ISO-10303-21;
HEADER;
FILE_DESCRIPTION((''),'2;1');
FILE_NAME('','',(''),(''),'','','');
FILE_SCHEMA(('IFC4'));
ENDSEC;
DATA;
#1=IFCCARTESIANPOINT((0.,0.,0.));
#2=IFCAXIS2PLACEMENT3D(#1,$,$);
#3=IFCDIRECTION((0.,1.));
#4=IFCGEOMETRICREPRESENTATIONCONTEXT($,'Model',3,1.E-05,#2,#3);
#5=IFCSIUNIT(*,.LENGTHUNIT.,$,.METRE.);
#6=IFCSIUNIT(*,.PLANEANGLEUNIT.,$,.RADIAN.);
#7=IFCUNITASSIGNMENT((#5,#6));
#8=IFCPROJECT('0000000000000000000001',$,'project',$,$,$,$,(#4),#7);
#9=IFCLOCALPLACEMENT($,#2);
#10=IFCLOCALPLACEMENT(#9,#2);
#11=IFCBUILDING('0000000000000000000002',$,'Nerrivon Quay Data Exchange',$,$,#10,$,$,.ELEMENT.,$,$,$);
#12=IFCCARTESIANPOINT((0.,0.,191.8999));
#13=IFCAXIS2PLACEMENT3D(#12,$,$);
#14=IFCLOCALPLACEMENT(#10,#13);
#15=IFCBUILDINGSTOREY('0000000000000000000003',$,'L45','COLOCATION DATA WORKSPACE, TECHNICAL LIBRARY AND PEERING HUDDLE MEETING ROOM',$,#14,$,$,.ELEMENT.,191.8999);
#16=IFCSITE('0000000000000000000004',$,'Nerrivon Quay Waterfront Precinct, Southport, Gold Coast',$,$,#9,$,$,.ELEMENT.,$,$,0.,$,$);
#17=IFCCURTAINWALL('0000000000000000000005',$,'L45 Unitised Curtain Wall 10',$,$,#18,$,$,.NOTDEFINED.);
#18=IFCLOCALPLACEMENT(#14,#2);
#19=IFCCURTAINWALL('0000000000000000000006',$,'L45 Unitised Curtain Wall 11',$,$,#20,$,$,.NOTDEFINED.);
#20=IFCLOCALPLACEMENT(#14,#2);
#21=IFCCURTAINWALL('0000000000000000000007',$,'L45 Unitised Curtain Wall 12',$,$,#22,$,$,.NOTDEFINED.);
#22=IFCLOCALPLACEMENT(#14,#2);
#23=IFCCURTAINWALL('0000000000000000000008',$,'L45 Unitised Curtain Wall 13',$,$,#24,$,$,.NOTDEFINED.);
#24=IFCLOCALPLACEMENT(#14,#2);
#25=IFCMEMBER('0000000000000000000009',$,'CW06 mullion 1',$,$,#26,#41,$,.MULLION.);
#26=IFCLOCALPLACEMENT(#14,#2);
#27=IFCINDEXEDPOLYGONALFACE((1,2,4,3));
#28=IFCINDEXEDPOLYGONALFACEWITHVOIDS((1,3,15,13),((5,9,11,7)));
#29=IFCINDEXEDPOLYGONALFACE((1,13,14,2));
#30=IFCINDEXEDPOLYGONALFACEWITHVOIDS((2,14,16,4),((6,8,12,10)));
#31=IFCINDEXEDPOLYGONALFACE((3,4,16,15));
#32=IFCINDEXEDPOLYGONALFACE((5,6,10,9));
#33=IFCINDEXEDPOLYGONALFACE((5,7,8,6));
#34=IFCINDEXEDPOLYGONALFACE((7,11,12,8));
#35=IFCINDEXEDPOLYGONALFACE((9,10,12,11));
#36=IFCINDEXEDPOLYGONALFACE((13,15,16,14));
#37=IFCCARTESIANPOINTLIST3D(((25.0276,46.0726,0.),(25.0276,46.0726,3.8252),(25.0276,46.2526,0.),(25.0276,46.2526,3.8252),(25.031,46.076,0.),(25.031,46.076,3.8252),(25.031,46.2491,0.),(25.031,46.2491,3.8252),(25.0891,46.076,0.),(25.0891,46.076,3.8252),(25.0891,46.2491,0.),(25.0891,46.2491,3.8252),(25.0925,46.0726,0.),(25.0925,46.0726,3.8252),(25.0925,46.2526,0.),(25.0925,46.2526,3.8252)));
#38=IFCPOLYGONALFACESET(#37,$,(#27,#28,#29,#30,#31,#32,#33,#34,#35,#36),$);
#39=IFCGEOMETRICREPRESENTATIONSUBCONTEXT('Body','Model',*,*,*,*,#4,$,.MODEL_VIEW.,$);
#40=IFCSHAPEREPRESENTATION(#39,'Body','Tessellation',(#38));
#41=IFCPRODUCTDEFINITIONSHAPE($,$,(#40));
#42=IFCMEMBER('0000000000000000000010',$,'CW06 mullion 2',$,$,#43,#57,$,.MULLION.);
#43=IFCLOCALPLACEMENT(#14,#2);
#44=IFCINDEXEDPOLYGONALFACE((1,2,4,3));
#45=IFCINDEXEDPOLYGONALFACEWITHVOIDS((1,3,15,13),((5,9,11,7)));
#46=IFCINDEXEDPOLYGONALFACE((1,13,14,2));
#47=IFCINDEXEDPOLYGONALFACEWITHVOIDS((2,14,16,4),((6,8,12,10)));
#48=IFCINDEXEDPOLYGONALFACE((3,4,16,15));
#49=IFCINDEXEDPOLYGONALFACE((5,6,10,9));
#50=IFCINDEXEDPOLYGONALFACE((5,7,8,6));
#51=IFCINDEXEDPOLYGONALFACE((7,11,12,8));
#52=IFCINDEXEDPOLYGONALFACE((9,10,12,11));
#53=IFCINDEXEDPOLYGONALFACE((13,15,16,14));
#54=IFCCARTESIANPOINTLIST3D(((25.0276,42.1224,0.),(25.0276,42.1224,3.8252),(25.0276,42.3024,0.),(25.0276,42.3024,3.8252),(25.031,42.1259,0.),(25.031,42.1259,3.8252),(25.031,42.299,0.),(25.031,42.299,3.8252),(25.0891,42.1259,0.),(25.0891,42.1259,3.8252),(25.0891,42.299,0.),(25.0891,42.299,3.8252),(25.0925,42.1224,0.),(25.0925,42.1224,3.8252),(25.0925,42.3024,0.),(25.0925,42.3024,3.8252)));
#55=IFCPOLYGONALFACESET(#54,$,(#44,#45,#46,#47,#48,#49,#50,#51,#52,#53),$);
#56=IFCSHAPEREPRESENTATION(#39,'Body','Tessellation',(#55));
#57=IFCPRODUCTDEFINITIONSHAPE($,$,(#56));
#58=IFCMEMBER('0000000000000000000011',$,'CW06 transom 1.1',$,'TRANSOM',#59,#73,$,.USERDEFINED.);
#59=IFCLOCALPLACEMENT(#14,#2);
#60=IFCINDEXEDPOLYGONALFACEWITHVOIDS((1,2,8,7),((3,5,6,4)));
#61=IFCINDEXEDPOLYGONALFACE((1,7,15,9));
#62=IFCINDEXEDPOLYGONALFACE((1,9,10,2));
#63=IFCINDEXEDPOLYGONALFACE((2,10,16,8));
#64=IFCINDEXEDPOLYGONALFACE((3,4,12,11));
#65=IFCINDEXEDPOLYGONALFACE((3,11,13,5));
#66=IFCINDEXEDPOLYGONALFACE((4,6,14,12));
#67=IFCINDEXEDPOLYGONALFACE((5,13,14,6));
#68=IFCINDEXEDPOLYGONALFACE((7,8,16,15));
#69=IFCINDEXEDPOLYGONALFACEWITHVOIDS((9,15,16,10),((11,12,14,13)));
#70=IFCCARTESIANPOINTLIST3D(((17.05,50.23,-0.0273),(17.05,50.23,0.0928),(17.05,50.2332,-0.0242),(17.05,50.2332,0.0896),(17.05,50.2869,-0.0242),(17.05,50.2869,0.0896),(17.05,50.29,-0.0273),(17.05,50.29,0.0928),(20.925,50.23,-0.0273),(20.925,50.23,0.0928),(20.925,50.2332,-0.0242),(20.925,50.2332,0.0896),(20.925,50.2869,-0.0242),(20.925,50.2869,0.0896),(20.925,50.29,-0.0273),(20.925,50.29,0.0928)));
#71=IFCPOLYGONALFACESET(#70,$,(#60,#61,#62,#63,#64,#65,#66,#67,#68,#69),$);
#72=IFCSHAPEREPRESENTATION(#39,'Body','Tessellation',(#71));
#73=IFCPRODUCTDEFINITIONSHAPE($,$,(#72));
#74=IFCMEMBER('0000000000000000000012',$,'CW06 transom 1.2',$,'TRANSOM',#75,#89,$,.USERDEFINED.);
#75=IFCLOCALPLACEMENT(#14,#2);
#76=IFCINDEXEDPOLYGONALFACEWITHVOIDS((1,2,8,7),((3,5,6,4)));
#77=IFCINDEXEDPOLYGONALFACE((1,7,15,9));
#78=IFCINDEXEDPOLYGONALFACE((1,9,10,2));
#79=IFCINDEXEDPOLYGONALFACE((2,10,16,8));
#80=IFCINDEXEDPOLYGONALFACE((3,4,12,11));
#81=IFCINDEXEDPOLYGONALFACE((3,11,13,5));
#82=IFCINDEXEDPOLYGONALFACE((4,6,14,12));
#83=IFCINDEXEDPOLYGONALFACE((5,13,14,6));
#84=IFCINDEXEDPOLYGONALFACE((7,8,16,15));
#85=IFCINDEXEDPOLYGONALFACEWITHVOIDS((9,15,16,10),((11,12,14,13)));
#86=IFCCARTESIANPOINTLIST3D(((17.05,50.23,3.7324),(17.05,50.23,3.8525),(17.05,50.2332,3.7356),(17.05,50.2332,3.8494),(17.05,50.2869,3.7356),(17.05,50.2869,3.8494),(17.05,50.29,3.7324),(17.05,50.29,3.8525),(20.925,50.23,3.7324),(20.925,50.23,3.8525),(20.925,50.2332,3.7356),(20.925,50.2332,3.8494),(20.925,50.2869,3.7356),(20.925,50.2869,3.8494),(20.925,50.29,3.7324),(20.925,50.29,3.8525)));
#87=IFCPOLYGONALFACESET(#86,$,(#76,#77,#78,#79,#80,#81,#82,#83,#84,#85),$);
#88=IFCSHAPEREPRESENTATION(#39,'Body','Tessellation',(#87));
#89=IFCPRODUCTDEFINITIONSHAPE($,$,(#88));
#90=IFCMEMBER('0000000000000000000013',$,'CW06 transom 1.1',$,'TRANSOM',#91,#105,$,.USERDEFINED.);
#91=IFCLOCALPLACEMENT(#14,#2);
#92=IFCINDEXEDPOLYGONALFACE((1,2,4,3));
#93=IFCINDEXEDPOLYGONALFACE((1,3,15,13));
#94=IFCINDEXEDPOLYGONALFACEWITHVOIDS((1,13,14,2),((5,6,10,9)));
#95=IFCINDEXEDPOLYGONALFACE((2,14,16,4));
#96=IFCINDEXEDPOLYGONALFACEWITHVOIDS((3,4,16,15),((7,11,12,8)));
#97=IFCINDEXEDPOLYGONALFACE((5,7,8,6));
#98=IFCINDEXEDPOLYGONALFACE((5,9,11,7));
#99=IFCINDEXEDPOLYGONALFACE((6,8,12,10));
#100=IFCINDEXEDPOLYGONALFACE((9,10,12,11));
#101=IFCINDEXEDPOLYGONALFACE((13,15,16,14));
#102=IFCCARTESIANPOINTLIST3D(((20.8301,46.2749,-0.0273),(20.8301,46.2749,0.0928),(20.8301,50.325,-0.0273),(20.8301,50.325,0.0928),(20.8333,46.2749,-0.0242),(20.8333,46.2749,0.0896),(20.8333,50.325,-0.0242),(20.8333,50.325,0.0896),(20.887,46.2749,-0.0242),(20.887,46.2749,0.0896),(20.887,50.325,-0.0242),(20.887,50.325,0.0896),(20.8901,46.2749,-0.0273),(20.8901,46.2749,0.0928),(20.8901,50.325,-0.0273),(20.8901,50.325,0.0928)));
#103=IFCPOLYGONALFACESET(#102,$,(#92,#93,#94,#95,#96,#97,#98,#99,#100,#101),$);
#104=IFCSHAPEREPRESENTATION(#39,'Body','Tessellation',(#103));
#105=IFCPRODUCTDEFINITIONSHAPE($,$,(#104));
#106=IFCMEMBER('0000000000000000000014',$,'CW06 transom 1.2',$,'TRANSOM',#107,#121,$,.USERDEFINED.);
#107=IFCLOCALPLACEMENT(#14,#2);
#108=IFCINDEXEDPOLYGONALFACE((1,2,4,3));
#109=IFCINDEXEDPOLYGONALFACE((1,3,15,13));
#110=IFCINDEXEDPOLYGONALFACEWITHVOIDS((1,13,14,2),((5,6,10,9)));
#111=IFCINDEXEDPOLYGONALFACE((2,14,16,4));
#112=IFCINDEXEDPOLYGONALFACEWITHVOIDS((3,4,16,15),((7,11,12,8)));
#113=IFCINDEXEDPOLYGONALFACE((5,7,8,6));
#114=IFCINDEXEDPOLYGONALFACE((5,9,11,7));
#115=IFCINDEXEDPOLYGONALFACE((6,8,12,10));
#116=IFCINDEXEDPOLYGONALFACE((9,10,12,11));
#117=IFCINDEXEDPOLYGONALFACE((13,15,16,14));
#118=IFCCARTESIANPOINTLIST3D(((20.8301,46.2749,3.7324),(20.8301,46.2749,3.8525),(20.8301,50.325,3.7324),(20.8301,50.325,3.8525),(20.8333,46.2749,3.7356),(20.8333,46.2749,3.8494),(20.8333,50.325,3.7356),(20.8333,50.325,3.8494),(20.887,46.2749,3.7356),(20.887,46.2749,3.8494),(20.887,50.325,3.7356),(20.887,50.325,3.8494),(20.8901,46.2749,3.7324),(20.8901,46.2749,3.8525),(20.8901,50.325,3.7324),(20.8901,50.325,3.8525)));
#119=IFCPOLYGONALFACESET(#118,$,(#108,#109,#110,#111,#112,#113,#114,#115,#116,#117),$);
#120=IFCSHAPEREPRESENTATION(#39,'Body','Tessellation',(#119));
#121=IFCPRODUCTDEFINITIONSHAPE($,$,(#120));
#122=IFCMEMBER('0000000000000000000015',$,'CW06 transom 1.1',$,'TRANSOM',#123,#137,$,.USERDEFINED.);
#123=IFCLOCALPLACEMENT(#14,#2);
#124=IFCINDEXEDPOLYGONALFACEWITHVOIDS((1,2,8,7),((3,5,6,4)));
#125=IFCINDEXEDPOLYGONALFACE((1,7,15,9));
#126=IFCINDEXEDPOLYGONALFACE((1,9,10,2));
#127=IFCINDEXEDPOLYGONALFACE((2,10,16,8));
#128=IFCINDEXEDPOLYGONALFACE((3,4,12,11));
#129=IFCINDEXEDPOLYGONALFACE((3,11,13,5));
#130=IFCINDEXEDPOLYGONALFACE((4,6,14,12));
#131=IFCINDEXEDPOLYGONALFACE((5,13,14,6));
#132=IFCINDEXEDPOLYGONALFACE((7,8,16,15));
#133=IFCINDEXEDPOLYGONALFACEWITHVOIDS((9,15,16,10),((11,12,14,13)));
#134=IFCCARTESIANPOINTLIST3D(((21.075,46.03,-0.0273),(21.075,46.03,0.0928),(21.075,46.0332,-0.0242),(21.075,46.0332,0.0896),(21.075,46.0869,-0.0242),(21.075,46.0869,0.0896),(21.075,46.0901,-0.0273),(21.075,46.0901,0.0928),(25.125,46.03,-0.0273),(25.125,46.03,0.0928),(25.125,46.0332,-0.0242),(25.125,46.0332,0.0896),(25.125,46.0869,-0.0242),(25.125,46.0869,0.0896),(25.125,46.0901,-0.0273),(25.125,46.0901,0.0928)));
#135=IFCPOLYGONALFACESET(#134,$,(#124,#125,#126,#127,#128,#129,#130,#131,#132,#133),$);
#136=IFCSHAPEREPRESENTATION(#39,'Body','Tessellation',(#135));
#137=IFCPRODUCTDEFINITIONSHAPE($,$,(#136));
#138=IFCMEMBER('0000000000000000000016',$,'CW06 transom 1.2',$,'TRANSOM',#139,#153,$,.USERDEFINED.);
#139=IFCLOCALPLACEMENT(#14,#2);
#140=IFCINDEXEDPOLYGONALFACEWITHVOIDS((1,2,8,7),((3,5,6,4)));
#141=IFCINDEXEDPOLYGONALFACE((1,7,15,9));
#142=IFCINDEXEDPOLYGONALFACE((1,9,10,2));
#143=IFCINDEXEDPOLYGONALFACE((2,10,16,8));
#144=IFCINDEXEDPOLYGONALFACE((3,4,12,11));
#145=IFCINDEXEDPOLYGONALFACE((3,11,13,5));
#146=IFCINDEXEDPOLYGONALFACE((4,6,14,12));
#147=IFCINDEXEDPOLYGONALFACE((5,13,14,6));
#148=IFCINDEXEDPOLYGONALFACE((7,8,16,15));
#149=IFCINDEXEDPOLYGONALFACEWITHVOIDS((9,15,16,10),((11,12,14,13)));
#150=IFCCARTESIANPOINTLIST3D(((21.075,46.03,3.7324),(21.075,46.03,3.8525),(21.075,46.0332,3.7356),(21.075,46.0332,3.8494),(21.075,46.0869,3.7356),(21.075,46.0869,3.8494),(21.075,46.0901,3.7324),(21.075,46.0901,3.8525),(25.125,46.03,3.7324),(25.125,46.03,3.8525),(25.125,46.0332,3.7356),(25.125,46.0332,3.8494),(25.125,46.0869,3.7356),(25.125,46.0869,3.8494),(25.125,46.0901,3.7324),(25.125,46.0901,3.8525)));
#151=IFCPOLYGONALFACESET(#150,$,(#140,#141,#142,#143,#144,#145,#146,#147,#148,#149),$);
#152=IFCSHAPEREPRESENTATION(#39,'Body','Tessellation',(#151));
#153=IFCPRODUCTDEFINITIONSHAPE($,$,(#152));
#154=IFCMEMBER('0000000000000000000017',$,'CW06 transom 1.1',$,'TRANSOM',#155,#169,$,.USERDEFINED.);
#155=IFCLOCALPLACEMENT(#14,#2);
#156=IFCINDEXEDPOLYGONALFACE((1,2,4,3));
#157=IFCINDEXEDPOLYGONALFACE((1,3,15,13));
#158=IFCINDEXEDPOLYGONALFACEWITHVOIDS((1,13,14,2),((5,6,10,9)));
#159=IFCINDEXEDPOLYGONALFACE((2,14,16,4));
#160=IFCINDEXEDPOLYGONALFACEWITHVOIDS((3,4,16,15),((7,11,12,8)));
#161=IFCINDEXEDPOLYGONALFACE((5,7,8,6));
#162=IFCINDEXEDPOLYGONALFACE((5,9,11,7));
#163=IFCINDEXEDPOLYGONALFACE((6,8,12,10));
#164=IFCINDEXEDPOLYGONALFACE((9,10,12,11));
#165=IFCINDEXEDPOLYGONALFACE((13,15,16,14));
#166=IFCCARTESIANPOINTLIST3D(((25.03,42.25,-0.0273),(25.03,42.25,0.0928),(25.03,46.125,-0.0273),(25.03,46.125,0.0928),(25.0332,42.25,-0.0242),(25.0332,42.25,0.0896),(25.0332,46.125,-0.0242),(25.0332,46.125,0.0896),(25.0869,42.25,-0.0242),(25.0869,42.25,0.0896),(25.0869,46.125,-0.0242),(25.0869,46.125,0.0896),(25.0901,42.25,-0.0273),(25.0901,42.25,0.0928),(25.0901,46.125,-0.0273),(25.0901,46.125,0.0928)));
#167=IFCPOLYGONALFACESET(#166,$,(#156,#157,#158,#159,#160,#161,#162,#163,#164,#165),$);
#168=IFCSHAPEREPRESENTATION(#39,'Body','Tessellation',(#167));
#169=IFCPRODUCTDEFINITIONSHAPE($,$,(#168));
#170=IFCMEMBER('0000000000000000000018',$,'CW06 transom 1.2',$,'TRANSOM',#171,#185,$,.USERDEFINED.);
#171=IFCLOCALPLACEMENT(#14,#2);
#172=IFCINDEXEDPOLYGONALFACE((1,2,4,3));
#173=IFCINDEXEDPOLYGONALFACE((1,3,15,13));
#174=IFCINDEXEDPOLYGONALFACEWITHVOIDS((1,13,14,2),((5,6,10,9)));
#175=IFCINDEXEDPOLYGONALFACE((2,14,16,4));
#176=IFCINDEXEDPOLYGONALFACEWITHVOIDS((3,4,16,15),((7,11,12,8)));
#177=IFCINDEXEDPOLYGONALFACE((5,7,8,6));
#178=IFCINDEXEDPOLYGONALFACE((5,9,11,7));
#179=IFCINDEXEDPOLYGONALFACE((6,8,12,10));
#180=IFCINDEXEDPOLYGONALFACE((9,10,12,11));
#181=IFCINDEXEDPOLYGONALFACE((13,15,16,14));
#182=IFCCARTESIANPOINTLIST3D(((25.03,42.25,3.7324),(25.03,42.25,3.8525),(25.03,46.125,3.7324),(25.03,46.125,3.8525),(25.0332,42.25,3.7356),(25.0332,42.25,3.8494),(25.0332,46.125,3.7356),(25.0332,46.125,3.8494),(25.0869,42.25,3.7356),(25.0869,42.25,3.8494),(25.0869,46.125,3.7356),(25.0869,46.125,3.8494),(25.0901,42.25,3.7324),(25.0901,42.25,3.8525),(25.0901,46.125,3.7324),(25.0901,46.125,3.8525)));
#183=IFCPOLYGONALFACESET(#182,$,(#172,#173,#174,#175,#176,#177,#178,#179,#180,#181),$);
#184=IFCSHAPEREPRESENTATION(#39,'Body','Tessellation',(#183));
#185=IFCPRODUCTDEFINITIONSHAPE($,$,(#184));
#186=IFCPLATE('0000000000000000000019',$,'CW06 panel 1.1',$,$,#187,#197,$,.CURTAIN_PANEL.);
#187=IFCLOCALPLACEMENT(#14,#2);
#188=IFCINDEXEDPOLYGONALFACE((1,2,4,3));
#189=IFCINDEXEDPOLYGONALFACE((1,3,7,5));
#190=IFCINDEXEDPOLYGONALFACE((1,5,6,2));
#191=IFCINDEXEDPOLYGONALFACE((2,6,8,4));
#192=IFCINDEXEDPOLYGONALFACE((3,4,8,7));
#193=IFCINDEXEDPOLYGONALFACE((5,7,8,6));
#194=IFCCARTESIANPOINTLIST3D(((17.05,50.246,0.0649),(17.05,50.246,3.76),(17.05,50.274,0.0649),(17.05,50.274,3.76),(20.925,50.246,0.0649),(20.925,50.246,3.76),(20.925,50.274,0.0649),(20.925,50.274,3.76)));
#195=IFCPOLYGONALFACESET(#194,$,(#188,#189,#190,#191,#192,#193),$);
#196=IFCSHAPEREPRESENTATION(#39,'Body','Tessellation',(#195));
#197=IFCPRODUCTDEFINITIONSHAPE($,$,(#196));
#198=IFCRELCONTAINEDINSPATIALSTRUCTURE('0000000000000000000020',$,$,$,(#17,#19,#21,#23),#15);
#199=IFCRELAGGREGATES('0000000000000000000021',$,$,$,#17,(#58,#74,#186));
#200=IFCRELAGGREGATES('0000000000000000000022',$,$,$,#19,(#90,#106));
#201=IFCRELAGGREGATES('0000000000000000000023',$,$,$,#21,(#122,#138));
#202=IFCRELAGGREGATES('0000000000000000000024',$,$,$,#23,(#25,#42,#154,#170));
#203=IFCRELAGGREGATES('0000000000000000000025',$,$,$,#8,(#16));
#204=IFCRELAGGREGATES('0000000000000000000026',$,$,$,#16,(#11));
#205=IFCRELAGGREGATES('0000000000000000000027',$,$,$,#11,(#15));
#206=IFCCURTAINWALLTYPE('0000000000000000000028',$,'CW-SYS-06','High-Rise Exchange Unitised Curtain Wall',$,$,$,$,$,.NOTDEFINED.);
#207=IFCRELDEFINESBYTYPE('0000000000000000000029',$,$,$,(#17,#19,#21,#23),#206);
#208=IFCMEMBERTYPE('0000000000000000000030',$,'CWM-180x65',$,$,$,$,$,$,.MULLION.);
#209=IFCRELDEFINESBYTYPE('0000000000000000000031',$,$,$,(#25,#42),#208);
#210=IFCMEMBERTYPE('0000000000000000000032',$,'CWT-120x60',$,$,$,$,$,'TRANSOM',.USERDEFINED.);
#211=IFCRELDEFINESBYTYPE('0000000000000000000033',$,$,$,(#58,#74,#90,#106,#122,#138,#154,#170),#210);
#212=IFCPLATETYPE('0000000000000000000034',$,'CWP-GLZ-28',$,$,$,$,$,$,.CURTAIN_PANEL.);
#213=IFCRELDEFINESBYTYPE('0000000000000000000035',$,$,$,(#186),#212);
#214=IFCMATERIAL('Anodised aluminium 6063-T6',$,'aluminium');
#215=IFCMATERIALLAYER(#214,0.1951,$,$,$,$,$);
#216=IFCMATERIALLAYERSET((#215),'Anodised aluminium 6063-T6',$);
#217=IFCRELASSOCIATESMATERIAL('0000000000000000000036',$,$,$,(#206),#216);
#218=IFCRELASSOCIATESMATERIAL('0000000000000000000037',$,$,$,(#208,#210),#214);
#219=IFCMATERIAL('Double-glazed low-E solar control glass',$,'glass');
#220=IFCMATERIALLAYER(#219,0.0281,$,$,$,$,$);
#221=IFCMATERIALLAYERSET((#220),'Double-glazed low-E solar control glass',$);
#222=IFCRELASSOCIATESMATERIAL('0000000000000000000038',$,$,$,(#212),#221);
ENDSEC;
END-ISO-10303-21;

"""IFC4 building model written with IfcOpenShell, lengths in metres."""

from ifc_helpers import new_model, si_unit, direction, frame, origin, origin_2d, place, context, subcontext, project, spatial, rectangle, hollow_rectangle, extrude, material, layer, layer_set, material_profile, profile_set, type_object, element, aggregate, save


model = new_model("IFC4")

# Units and contexts
model_context = context("Model", 3, precision=1e-05, world=origin(), true_north=direction((0.0, 1.0)))
body_context = subcontext(model_context, "Body", "Model", "MODEL_VIEW")
ifc_project = project(units=[si_unit("LENGTHUNIT", "METRE"), si_unit("PLANEANGLEUNIT", "RADIAN")], contexts=[model_context])

# Site, building, storey
site_placement = place(None, origin())
site = spatial("IfcSite", under=ifc_project, at=site_placement, Name="Nerrivon Quay Waterfront Precinct, Southport, Gold Coast", CompositionType="ELEMENT", RefElevation=0.0)
building_placement = place(site_placement, origin())
building = spatial("IfcBuilding", under=site, at=building_placement, Name="Nerrivon Quay Data Exchange", CompositionType="ELEMENT")
storey_placement = place(building_placement, frame((0.0, 0.0, 191.8999)))
storey = spatial("IfcBuildingStorey", under=building, at=storey_placement, Name="L45", Description="COLOCATION DATA WORKSPACE, TECHNICAL LIBRARY AND PEERING HUDDLE MEETING ROOM", CompositionType="ELEMENT", Elevation=191.8999)

# Shared definitions
ifc_material_1 = material(Name="Anodised aluminium 6063-T6", Category="aluminium")
ifc_layer_1 = layer(ifc_material_1, 0.1951)
ifc_layer_set_1 = layer_set([ifc_layer_1], Name="Anodised aluminium 6063-T6")
curtain_wall_type = type_object("IfcCurtainWallType", Name="CW-SYS-06", Description="High-Rise Exchange Unitised Curtain Wall", PredefinedType="NOTDEFINED", material=ifc_layer_set_1)
ifc_material_profile_1 = material_profile(ifc_material_1, hollow_rectangle(XDim=0.0649, YDim=0.1799, WallThickness=0.0034, at=origin_2d()), Name="ALU-MULL-180x65")
ifc_profile_set_1 = profile_set([ifc_material_profile_1], Name="Anodised aluminium 6063-T6")
member_type_1 = type_object("IfcMemberType", Name="CWM-180x65", PredefinedType="MULLION", material=ifc_profile_set_1)

# Curtain walls, members
curtain_wall_1_placement = place(storey_placement, origin())
curtain_wall_1 = element("IfcCurtainWall", 1, at=curtain_wall_1_placement, inside=storey, type_object=curtain_wall_type, Name="L45 Unitised Curtain Wall 10", PredefinedType="NOTDEFINED")
curtain_wall_2_placement = place(storey_placement, origin())
curtain_wall_2 = element("IfcCurtainWall", 2, at=curtain_wall_2_placement, inside=storey, type_object=curtain_wall_type, Name="L45 Unitised Curtain Wall 11", PredefinedType="NOTDEFINED")
curtain_wall_3_placement = place(storey_placement, origin())
curtain_wall_3 = element("IfcCurtainWall", 3, at=curtain_wall_3_placement, inside=storey, type_object=curtain_wall_type, Name="L45 Unitised Curtain Wall 12", PredefinedType="NOTDEFINED")
curtain_wall_4_placement = place(storey_placement, origin())
curtain_wall_4 = element("IfcCurtainWall", 4, at=curtain_wall_4_placement, inside=storey, type_object=curtain_wall_type, Name="L45 Unitised Curtain Wall 13", PredefinedType="NOTDEFINED")
member_1_placement = place(storey_placement, frame((25.0601, 46.1626, 0.0), z_axis=(0.0, 0.0, 1.0), x_axis=(1.0, 0.0, 0.0)))
member_1 = element("IfcMember", 5, at=member_1_placement, type_object=member_type_1, Name="CW06 mullion 1", PredefinedType="MULLION", context=body_context, shape_type="SweptSolid", body=[
    extrude(hollow_rectangle(XDim=0.0649, YDim=0.1799, WallThickness=0.0034, at=origin_2d()), origin(), (0.0, 0.0, 1.0), 3.8252),
])
member_2_placement = place(storey_placement, frame((25.0601, 42.2124, 0.0), z_axis=(0.0, 0.0, 1.0), x_axis=(1.0, 0.0, 0.0)))
member_2 = element("IfcMember", 6, at=member_2_placement, type_object=member_type_1, Name="CW06 mullion 2", PredefinedType="MULLION", context=body_context, shape_type="SweptSolid", body=[
    extrude(hollow_rectangle(XDim=0.0649, YDim=0.1799, WallThickness=0.0034, at=origin_2d()), origin(), (0.0, 0.0, 1.0), 3.8252),
])

# Members
ifc_material_profile_2 = material_profile(ifc_material_1, hollow_rectangle(XDim=0.0601, YDim=0.1201, WallThickness=0.0032, at=origin_2d()), Name="ALU-TRAN-120x60")
ifc_profile_set_2 = profile_set([ifc_material_profile_2], Name="Anodised aluminium 6063-T6")
member_type_2 = type_object("IfcMemberType", Name="CWT-120x60", ElementType="TRANSOM", PredefinedType="USERDEFINED", material=ifc_profile_set_2)
member_3_placement = place(storey_placement, frame((17.05, 50.26, 0.0327), z_axis=(1.0, 0.0, 0.0), x_axis=(0.0, 1.0, 0.0)))
member_3 = element("IfcMember", 7, at=member_3_placement, type_object=member_type_2, Name="CW06 transom 1.1", ObjectType="TRANSOM", PredefinedType="USERDEFINED", context=body_context, shape_type="SweptSolid", body=[
    extrude(hollow_rectangle(XDim=0.0601, YDim=0.1201, WallThickness=0.0032, at=origin_2d()), origin(), (0.0, 0.0, 1.0), 3.875),
])
member_4_placement = place(storey_placement, frame((17.05, 50.26, 3.7925), z_axis=(1.0, 0.0, 0.0), x_axis=(0.0, 1.0, 0.0)))
member_4 = element("IfcMember", 8, at=member_4_placement, type_object=member_type_2, Name="CW06 transom 1.2", ObjectType="TRANSOM", PredefinedType="USERDEFINED", context=body_context, shape_type="SweptSolid", body=[
    extrude(hollow_rectangle(XDim=0.0601, YDim=0.1201, WallThickness=0.0032, at=origin_2d()), origin(), (0.0, 0.0, 1.0), 3.875),
])
member_5_placement = place(storey_placement, frame((20.8601, 50.325, 0.0327), z_axis=(0.0, -1.0, 0.0), x_axis=(1.0, 0.0, 0.0)))
member_5 = element("IfcMember", 9, at=member_5_placement, type_object=member_type_2, Name="CW06 transom 1.1", ObjectType="TRANSOM", PredefinedType="USERDEFINED", context=body_context, shape_type="SweptSolid", body=[
    extrude(hollow_rectangle(XDim=0.0601, YDim=0.1201, WallThickness=0.0032, at=origin_2d()), origin(), (0.0, 0.0, 1.0), 4.05),
])
member_6_placement = place(storey_placement, frame((20.8601, 50.325, 3.7925), z_axis=(0.0, -1.0, 0.0), x_axis=(1.0, 0.0, 0.0)))
member_6 = element("IfcMember", 10, at=member_6_placement, type_object=member_type_2, Name="CW06 transom 1.2", ObjectType="TRANSOM", PredefinedType="USERDEFINED", context=body_context, shape_type="SweptSolid", body=[
    extrude(hollow_rectangle(XDim=0.0601, YDim=0.1201, WallThickness=0.0032, at=origin_2d()), origin(), (0.0, 0.0, 1.0), 4.05),
])
member_7_placement = place(storey_placement, frame((21.075, 46.0601, 0.0327), z_axis=(1.0, 0.0, 0.0), x_axis=(0.0, 1.0, 0.0)))
member_7 = element("IfcMember", 11, at=member_7_placement, type_object=member_type_2, Name="CW06 transom 1.1", ObjectType="TRANSOM", PredefinedType="USERDEFINED", context=body_context, shape_type="SweptSolid", body=[
    extrude(hollow_rectangle(XDim=0.0601, YDim=0.1201, WallThickness=0.0032, at=origin_2d()), origin(), (0.0, 0.0, 1.0), 4.05),
])
member_8_placement = place(storey_placement, frame((21.075, 46.0601, 3.7925), z_axis=(1.0, 0.0, 0.0), x_axis=(0.0, 1.0, 0.0)))
member_8 = element("IfcMember", 12, at=member_8_placement, type_object=member_type_2, Name="CW06 transom 1.2", ObjectType="TRANSOM", PredefinedType="USERDEFINED", context=body_context, shape_type="SweptSolid", body=[
    extrude(hollow_rectangle(XDim=0.0601, YDim=0.1201, WallThickness=0.0032, at=origin_2d()), origin(), (0.0, 0.0, 1.0), 4.05),
])
member_9_placement = place(storey_placement, frame((25.0601, 46.125, 0.0327), z_axis=(0.0, -1.0, 0.0), x_axis=(1.0, 0.0, 0.0)))
member_9 = element("IfcMember", 13, at=member_9_placement, type_object=member_type_2, Name="CW06 transom 1.1", ObjectType="TRANSOM", PredefinedType="USERDEFINED", context=body_context, shape_type="SweptSolid", body=[
    extrude(hollow_rectangle(XDim=0.0601, YDim=0.1201, WallThickness=0.0032, at=origin_2d()), origin(), (0.0, 0.0, 1.0), 3.875),
])
member_10_placement = place(storey_placement, frame((25.0601, 46.125, 3.7925), z_axis=(0.0, -1.0, 0.0), x_axis=(1.0, 0.0, 0.0)))
member_10 = element("IfcMember", 14, at=member_10_placement, type_object=member_type_2, Name="CW06 transom 1.2", ObjectType="TRANSOM", PredefinedType="USERDEFINED", context=body_context, shape_type="SweptSolid", body=[
    extrude(hollow_rectangle(XDim=0.0601, YDim=0.1201, WallThickness=0.0032, at=origin_2d()), origin(), (0.0, 0.0, 1.0), 3.875),
])

# Plate
ifc_material_2 = material(Name="Double-glazed low-E solar control glass", Category="glass")
ifc_layer_2 = layer(ifc_material_2, 0.0281)
ifc_layer_set_2 = layer_set([ifc_layer_2], Name="Double-glazed low-E solar control glass")
plate_type = type_object("IfcPlateType", Name="CWP-GLZ-28", PredefinedType="CURTAIN_PANEL", material=ifc_layer_set_2)
plate_1_placement = place(storey_placement, frame((18.9875, 50.26, 0.0649), z_axis=(0.0, 0.0, 1.0), x_axis=(1.0, 0.0, 0.0)))
plate_1 = element("IfcPlate", 15, at=plate_1_placement, type_object=plate_type, Name="CW06 panel 1.1", PredefinedType="CURTAIN_PANEL", context=body_context, shape_type="SweptSolid", body=[
    extrude(rectangle(XDim=3.875, YDim=0.0281, at=origin_2d()), origin(), (0.0, 0.0, 1.0), 3.6951),
])
aggregate(curtain_wall_1, [member_3, member_4, plate_1])
aggregate(curtain_wall_2, [member_5, member_6])
aggregate(curtain_wall_3, [member_7, member_8])
aggregate(curtain_wall_4, [member_1, member_2, member_9, member_10])

save(model, "model.ifc")
